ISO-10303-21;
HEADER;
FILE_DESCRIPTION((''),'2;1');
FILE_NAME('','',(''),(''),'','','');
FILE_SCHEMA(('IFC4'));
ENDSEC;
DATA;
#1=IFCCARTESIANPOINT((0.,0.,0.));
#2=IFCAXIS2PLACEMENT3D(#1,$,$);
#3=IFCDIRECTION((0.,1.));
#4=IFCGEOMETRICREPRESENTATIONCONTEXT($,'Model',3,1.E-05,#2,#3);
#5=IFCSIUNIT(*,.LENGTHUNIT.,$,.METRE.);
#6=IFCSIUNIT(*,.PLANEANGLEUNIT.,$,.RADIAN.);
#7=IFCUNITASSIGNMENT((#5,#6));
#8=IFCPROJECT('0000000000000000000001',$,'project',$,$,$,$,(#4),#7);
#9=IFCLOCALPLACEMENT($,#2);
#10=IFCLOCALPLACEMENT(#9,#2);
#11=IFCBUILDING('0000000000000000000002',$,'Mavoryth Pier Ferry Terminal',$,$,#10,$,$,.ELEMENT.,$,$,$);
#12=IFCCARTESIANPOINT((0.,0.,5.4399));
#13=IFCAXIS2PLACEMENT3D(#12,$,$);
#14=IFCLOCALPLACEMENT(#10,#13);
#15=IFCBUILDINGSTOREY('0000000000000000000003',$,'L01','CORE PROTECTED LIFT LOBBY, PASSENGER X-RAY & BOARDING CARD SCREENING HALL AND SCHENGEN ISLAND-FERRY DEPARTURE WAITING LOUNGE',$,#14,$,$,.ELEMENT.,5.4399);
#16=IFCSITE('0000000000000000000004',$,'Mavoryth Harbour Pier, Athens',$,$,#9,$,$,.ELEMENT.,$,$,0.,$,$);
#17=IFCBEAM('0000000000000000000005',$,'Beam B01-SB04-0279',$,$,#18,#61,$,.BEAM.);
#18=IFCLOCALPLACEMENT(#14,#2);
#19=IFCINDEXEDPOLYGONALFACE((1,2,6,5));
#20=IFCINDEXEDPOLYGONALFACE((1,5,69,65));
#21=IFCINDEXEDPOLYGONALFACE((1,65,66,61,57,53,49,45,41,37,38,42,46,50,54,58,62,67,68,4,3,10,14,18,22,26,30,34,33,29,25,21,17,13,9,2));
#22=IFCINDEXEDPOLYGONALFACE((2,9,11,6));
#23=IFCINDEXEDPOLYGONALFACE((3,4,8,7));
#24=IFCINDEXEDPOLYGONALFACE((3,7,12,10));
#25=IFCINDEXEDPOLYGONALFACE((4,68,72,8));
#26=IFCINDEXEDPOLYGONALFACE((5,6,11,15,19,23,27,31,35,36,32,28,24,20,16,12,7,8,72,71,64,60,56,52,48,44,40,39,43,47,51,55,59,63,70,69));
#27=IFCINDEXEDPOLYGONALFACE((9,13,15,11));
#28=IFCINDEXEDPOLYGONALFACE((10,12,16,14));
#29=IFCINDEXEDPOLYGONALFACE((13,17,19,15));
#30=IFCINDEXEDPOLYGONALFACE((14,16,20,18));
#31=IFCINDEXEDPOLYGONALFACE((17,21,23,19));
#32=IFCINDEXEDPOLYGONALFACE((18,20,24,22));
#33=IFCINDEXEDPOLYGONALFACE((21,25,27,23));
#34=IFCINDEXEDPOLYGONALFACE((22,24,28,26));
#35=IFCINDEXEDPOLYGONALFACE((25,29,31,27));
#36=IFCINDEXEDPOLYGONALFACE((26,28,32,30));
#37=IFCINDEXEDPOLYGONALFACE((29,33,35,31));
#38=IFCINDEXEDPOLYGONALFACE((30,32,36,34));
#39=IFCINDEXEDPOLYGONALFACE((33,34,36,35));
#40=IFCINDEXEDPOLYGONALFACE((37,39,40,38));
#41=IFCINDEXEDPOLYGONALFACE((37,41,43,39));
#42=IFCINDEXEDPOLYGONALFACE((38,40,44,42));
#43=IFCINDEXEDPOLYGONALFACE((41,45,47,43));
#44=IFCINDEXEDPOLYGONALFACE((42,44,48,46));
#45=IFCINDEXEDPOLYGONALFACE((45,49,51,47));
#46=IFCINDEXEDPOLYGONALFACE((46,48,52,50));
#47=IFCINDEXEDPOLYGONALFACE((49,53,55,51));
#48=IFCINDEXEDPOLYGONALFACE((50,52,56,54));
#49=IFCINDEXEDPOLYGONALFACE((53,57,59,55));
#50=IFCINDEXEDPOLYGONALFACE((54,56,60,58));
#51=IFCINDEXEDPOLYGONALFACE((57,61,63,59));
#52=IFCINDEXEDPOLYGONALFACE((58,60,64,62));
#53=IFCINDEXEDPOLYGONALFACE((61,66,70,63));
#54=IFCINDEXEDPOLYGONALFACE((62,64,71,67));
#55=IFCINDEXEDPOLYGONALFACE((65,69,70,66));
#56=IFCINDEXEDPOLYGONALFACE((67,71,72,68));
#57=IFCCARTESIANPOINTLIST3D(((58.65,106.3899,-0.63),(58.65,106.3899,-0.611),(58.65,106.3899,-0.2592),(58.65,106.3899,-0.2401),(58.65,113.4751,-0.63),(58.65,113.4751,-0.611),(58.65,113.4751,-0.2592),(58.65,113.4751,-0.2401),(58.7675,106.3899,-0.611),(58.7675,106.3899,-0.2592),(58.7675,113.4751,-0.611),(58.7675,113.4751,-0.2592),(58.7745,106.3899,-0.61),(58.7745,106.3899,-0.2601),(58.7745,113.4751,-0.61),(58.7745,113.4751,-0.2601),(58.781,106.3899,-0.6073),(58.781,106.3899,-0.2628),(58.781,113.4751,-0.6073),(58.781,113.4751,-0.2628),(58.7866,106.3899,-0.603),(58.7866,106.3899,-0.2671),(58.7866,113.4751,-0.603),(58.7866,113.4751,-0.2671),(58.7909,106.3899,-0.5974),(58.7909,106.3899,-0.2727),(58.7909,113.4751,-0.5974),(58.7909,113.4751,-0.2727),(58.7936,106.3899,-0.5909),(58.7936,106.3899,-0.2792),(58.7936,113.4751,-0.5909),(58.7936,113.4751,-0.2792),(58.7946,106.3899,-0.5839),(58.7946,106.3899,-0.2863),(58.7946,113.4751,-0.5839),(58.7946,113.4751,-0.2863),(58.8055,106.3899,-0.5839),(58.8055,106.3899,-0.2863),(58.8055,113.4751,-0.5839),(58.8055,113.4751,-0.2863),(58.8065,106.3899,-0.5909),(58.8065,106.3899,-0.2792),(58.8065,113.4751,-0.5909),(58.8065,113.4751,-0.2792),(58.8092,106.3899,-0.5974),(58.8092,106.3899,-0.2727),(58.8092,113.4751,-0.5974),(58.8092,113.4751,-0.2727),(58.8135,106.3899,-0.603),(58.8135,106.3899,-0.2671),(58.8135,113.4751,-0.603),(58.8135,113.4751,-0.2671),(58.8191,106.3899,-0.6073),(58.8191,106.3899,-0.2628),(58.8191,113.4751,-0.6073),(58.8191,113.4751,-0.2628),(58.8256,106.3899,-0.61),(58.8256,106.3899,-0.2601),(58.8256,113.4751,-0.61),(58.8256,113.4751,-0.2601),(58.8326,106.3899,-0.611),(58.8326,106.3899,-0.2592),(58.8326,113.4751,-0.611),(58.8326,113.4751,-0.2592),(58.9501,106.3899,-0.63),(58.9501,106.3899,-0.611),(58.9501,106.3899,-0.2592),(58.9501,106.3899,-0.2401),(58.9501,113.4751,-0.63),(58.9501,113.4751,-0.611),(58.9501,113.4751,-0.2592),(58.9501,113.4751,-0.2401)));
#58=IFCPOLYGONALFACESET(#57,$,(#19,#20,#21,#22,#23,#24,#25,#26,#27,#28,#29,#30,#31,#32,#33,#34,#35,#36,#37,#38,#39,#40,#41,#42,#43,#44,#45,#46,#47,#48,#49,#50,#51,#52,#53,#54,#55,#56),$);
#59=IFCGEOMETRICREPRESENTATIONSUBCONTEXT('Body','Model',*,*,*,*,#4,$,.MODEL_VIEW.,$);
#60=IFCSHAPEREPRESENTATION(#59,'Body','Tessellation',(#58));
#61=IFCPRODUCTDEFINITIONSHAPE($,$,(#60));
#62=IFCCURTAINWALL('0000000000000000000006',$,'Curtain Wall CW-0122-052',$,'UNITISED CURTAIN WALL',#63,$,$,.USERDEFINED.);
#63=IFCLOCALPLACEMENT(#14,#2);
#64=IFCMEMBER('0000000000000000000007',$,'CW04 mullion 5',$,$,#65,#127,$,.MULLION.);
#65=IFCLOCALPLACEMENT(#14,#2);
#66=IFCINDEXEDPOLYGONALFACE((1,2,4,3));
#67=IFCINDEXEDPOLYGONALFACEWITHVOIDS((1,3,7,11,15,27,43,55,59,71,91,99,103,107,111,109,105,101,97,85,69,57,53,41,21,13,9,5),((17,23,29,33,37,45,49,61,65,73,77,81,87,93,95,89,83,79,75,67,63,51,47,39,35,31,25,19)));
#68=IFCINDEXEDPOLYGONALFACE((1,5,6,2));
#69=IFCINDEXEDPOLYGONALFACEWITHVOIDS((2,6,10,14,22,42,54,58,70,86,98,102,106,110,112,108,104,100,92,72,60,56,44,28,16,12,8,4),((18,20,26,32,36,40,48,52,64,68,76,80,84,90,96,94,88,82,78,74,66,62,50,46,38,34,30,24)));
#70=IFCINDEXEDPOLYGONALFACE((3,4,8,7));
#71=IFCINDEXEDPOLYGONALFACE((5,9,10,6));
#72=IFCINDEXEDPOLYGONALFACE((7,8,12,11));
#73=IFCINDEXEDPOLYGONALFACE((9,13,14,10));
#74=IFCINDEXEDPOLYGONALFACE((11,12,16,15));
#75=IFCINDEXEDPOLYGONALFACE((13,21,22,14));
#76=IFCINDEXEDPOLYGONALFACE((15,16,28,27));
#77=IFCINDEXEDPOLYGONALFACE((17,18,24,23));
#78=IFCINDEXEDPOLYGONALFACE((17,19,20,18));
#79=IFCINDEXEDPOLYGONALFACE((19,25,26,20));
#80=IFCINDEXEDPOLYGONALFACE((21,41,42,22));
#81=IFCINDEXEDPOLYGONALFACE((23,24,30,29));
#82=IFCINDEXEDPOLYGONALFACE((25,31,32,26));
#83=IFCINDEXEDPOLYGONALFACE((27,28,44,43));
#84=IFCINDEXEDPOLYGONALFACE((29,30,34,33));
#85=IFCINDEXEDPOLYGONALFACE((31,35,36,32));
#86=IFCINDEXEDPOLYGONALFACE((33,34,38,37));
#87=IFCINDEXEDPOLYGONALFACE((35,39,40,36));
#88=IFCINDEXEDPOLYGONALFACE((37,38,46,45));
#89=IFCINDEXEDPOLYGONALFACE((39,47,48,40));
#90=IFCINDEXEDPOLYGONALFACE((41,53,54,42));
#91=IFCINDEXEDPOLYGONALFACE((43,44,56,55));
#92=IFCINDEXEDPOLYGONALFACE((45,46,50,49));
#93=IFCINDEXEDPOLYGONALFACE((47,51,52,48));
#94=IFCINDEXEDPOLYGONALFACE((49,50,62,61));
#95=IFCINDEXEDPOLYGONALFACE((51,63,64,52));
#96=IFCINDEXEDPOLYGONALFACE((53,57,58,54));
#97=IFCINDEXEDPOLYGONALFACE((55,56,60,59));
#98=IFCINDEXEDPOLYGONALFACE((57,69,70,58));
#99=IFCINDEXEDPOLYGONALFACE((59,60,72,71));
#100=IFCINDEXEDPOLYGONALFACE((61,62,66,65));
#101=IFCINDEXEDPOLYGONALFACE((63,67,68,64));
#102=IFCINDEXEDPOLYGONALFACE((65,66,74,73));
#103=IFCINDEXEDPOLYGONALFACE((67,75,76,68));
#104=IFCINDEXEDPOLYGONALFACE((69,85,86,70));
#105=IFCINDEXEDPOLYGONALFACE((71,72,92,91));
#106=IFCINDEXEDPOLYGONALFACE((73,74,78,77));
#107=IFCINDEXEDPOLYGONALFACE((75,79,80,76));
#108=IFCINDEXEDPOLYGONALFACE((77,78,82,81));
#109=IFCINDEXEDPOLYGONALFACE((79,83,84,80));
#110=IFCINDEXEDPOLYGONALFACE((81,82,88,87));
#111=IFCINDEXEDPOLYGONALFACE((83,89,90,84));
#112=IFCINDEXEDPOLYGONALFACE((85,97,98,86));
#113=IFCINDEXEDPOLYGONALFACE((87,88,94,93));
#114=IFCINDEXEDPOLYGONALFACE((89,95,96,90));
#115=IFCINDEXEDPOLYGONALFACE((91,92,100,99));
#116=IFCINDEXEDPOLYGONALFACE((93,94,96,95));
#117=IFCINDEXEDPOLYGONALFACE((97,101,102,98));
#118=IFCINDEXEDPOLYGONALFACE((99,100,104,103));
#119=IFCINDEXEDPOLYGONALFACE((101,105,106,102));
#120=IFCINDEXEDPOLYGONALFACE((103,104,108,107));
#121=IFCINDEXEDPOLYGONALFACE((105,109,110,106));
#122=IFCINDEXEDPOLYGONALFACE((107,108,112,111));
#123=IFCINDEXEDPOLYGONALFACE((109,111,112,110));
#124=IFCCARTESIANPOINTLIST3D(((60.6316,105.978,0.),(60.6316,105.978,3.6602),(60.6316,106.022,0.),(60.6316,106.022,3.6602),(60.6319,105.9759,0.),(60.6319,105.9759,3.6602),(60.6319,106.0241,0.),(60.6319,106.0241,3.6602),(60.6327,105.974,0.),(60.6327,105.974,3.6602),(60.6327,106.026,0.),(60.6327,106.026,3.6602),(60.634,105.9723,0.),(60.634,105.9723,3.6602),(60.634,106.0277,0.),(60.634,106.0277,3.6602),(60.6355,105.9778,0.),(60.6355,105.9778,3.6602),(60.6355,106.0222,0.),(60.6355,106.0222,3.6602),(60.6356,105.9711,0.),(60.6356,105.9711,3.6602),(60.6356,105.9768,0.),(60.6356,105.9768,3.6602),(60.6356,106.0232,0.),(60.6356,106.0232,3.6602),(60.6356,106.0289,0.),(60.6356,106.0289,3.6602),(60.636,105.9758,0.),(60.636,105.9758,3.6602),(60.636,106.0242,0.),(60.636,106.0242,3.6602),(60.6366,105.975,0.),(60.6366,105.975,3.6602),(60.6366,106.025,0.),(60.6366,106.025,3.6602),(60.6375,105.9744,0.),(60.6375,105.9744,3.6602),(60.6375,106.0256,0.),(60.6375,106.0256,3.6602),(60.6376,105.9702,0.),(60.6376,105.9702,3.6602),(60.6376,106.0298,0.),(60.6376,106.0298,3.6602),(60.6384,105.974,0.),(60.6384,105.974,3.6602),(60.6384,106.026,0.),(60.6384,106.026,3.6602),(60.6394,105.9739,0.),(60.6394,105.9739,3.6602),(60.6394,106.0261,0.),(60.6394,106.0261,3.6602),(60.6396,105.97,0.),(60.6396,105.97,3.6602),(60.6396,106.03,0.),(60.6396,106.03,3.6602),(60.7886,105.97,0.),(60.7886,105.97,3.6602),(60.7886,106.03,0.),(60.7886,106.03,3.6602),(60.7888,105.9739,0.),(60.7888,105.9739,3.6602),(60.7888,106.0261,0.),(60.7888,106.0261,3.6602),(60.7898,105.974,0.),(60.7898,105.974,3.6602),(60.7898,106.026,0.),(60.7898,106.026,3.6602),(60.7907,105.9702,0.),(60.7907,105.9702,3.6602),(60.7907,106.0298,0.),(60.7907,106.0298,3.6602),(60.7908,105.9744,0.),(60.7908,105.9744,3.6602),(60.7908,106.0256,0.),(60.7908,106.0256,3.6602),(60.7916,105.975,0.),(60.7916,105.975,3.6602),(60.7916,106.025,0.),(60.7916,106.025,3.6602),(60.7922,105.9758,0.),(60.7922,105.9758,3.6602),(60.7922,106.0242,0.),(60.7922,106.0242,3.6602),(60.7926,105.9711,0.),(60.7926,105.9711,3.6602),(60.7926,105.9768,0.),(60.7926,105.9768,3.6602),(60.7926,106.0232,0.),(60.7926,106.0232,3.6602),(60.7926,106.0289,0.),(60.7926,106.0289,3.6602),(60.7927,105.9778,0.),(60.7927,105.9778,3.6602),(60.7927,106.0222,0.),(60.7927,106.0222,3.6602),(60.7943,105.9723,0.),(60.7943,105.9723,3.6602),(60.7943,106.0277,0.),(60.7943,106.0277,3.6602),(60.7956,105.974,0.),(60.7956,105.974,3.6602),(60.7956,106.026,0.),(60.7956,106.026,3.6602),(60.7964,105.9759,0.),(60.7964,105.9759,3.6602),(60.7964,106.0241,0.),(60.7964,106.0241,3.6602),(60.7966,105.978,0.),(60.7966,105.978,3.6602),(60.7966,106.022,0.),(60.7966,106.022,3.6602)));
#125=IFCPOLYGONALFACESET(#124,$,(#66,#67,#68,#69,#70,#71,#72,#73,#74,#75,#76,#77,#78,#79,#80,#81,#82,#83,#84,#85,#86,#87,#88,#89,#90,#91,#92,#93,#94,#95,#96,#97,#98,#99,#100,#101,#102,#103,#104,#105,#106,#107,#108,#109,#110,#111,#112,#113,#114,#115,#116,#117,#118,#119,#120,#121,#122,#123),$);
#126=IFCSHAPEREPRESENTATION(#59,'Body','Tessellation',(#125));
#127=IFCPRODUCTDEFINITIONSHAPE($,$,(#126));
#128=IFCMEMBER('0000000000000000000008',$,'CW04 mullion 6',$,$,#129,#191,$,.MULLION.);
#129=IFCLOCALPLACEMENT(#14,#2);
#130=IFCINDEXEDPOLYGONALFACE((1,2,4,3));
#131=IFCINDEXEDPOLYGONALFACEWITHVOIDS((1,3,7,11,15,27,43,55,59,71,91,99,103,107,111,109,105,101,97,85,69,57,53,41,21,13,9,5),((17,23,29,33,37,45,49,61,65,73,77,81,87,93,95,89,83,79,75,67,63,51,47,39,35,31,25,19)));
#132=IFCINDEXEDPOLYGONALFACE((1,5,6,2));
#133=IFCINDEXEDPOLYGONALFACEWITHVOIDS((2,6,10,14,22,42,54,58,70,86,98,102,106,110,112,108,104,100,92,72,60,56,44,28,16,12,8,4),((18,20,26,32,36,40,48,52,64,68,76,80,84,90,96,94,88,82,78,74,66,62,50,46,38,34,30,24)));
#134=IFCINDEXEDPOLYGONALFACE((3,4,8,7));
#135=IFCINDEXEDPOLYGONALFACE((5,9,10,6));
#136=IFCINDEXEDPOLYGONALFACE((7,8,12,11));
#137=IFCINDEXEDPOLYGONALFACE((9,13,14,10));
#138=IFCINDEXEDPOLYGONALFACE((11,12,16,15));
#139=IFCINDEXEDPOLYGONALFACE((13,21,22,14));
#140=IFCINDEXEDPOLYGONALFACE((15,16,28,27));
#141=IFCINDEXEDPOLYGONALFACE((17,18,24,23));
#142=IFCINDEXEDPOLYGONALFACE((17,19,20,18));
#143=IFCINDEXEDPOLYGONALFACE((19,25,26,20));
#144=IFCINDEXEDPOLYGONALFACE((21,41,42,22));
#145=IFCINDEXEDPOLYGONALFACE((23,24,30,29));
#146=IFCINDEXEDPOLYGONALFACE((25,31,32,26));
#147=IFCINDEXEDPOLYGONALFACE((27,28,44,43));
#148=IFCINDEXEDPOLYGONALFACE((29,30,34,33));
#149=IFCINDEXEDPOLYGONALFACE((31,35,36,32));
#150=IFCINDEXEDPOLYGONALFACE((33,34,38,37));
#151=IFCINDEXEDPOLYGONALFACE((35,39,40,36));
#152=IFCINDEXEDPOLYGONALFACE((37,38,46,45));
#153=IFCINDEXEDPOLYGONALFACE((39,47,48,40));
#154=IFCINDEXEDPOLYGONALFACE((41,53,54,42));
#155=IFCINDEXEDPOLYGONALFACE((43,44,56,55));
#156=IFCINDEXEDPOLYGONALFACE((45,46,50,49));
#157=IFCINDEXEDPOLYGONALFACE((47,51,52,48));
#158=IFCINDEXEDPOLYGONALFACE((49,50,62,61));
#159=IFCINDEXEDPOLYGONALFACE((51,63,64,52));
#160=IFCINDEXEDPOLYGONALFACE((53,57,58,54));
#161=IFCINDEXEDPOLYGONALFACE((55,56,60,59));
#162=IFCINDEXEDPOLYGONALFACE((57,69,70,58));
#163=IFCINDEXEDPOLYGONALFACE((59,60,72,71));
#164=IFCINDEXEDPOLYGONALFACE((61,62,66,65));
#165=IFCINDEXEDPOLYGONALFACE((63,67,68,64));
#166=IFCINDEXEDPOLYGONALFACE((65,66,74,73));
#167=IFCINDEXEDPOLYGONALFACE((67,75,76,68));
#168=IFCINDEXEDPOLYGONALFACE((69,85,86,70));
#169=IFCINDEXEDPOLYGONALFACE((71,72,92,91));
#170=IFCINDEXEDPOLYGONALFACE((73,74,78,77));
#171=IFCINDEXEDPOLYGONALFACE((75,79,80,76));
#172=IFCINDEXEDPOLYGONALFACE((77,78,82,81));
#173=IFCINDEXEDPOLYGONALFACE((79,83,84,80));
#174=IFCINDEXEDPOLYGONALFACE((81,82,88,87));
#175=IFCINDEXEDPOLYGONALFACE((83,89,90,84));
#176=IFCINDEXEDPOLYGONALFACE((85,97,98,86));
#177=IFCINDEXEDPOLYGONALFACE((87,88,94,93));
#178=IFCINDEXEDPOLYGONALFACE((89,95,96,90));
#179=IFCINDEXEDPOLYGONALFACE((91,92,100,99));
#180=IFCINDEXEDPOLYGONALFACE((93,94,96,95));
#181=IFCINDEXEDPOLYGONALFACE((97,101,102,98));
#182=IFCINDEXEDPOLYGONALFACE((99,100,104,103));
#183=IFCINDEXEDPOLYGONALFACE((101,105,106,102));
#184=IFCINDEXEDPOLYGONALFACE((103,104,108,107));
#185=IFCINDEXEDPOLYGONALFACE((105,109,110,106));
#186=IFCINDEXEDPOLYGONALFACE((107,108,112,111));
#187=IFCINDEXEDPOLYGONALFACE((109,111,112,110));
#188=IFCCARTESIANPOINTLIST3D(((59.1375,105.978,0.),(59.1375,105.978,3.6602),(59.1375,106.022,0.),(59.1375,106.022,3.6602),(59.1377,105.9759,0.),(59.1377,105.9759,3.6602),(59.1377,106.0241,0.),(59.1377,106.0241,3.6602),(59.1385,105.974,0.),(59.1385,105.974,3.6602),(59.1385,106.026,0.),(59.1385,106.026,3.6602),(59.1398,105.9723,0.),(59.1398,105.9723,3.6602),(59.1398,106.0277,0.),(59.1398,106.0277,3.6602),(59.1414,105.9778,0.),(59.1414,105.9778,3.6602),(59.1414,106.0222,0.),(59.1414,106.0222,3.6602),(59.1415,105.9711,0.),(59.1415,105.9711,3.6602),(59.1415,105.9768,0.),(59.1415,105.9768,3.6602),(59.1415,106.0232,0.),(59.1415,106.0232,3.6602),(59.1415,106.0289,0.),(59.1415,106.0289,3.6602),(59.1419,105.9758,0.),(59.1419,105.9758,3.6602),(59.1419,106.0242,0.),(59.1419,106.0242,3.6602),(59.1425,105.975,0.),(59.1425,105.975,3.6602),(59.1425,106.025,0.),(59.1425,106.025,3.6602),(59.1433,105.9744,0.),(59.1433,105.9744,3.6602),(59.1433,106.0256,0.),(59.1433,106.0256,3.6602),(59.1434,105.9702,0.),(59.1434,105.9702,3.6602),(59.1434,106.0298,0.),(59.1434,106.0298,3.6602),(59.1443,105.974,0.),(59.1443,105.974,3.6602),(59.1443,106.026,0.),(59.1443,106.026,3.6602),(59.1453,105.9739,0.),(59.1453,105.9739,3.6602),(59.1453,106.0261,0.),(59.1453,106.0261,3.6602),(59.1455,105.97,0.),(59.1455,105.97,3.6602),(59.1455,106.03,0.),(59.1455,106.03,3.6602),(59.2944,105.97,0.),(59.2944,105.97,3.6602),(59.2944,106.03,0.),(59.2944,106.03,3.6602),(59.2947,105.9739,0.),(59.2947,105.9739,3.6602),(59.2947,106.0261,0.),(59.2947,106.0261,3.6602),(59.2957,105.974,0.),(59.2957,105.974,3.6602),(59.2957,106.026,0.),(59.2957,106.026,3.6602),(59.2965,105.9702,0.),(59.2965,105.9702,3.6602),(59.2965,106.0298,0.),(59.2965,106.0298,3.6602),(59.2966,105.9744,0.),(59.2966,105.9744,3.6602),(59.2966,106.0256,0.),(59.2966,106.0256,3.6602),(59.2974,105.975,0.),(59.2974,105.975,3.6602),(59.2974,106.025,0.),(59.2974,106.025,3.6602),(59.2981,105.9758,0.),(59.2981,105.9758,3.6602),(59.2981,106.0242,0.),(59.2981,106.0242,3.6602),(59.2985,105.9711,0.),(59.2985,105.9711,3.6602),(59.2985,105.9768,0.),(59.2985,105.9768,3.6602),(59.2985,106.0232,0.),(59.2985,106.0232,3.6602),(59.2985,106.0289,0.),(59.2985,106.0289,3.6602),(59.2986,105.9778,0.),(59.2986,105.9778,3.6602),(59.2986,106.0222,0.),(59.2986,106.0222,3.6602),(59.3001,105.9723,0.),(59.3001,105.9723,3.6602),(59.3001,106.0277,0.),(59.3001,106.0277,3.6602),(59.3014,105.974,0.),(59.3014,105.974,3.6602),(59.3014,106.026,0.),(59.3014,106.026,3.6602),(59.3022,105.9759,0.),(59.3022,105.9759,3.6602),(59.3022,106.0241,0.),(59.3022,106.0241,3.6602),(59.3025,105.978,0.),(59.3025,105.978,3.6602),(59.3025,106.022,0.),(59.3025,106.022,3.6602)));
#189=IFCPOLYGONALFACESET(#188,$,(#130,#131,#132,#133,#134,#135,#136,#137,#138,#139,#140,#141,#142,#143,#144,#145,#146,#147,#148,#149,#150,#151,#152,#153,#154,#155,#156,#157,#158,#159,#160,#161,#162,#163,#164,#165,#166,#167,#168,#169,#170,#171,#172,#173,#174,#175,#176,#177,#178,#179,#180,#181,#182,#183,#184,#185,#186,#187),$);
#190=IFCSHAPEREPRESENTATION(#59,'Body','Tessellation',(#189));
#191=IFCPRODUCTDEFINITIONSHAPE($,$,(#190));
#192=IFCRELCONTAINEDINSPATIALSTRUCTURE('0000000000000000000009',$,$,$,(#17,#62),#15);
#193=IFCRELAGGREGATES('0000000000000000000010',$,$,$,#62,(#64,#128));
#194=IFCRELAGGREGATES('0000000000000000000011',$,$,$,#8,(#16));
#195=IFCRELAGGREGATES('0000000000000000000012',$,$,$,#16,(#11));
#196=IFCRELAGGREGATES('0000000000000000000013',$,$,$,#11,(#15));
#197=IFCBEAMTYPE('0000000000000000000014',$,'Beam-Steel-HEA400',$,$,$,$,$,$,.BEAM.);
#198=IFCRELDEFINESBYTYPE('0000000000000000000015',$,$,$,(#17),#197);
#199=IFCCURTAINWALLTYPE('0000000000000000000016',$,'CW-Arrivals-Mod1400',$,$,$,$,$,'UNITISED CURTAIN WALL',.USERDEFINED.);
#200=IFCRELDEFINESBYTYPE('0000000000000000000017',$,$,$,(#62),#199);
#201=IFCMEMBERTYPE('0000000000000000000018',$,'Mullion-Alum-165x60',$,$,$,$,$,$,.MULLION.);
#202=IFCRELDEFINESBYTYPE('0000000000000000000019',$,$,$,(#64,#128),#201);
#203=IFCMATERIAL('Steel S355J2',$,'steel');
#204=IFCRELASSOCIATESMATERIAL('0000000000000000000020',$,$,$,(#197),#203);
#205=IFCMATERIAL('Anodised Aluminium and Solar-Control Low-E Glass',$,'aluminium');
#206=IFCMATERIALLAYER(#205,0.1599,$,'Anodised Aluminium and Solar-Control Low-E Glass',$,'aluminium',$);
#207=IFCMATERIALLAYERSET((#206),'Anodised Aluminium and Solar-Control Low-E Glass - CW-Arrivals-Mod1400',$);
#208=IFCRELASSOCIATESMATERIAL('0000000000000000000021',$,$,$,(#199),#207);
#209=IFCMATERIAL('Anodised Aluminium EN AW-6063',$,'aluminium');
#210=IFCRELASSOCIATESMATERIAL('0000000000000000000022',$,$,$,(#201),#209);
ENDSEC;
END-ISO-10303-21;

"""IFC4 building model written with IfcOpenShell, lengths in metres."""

from ifc_helpers import new_model, si_unit, direction, frame, origin, origin_2d, place, context, subcontext, project, spatial, hollow_rectangle, i_section, extrude, material, layer, layer_set, material_profile, profile_set, type_object, element, aggregate, save


model = new_model("IFC4")

# Units and contexts
model_context = context("Model", 3, precision=1e-05, world=origin(), true_north=direction((0.0, 1.0)))
body_context = subcontext(model_context, "Body", "Model", "MODEL_VIEW")
ifc_project = project(units=[si_unit("LENGTHUNIT", "METRE"), si_unit("PLANEANGLEUNIT", "RADIAN")], contexts=[model_context])

# Site, building, storey
site_placement = place(None, origin())
site = spatial("IfcSite", under=ifc_project, at=site_placement, Name="Mavoryth Harbour Pier, Athens", CompositionType="ELEMENT", RefElevation=0.0)
building_placement = place(site_placement, origin())
building = spatial("IfcBuilding", under=site, at=building_placement, Name="Mavoryth Pier Ferry Terminal", CompositionType="ELEMENT")
storey_placement = place(building_placement, frame((0.0, 0.0, 5.4399)))
storey = spatial("IfcBuildingStorey", under=building, at=storey_placement, Name="L01", Description="CORE PROTECTED LIFT LOBBY, PASSENGER X-RAY & BOARDING CARD SCREENING HALL AND SCHENGEN ISLAND-FERRY DEPARTURE WAITING LOUNGE", CompositionType="ELEMENT", Elevation=5.4399)

# Beam
ifc_material_1 = material(Name="Steel S355J2", Category="steel")
ifc_material_profile_1 = material_profile(ifc_material_1, i_section(OverallWidth=0.3, OverallDepth=0.3899, WebThickness=0.011, FlangeThickness=0.019, FilletRadius=0.0271, at=origin_2d()), Name="HEA 400", Category="steel")
ifc_profile_set_1 = profile_set([ifc_material_profile_1], Name="Steel S355J2 - HEA 400")
beam_type_1 = type_object("IfcBeamType", Name="Beam-Steel-HEA400", PredefinedType="BEAM", material=ifc_profile_set_1)
beam_1_placement = place(storey_placement, frame((58.8, 106.3899, -0.4351), z_axis=(0.0, 1.0, 0.0), x_axis=(-1.0, 0.0, 0.0)))
element("IfcBeam", 1, at=beam_1_placement, inside=storey, type_object=beam_type_1, Name="Beam B01-SB04-0279", PredefinedType="BEAM", context=body_context, shape_type="SweptSolid", body=[
    extrude(i_section(OverallWidth=0.3, OverallDepth=0.3899, WebThickness=0.011, FlangeThickness=0.019, FilletRadius=0.0271, at=origin_2d()), origin(), (0.0, 0.0, 1.0), 7.0852),
])

# Curtain wall, members
ifc_material_2 = material(Name="Anodised Aluminium and Solar-Control Low-E Glass", Category="aluminium")
ifc_layer_1 = layer(ifc_material_2, 0.1599, Name="Anodised Aluminium and Solar-Control Low-E Glass", Category="aluminium")
ifc_layer_set_1 = layer_set([ifc_layer_1], Name="Anodised Aluminium and Solar-Control Low-E Glass - CW-Arrivals-Mod1400")
curtain_wall_type = type_object("IfcCurtainWallType", Name="CW-Arrivals-Mod1400", ElementType="UNITISED CURTAIN WALL", PredefinedType="USERDEFINED", material=ifc_layer_set_1)
curtain_wall_placement = place(storey_placement, origin())
curtain_wall = element("IfcCurtainWall", 2, at=curtain_wall_placement, inside=storey, type_object=curtain_wall_type, Name="Curtain Wall CW-0122-052", ObjectType="UNITISED CURTAIN WALL", PredefinedType="USERDEFINED")
ifc_material_3 = material(Name="Anodised Aluminium EN AW-6063", Category="aluminium")
ifc_material_profile_2 = material_profile(ifc_material_3, hollow_rectangle(XDim=0.0601, YDim=0.165, WallThickness=0.0039, InnerFilletRadius=0.0039, OuterFilletRadius=0.0081, at=origin_2d()), Name="AL-MULL 165x60x4", Category="aluminium")
ifc_profile_set_2 = profile_set([ifc_material_profile_2], Name="Anodised Aluminium EN AW-6063 - AL-MULL 165x60x4")
member_type_1 = type_object("IfcMemberType", Name="Mullion-Alum-165x60", PredefinedType="MULLION", material=ifc_profile_set_2)
member_1_placement = place(storey_placement, frame((60.7141, 106.0, 0.0), z_axis=(0.0, 0.0, 1.0), x_axis=(0.0, -1.0, 0.0)))
member_1 = element("IfcMember", 3, at=member_1_placement, type_object=member_type_1, Name="CW04 mullion 5", PredefinedType="MULLION", context=body_context, shape_type="SweptSolid", body=[
    extrude(hollow_rectangle(XDim=0.0601, YDim=0.165, WallThickness=0.0039, InnerFilletRadius=0.0039, OuterFilletRadius=0.0081, at=origin_2d()), origin(), (0.0, 0.0, 1.0), 3.6602),
])
member_2_placement = place(storey_placement, frame((59.22, 106.0, 0.0), z_axis=(0.0, 0.0, 1.0), x_axis=(0.0, -1.0, 0.0)))
member_2 = element("IfcMember", 4, at=member_2_placement, type_object=member_type_1, Name="CW04 mullion 6", PredefinedType="MULLION", context=body_context, shape_type="SweptSolid", body=[
    extrude(hollow_rectangle(XDim=0.0601, YDim=0.165, WallThickness=0.0039, InnerFilletRadius=0.0039, OuterFilletRadius=0.0081, at=origin_2d()), origin(), (0.0, 0.0, 1.0), 3.6602),
])

aggregate(curtain_wall, [member_1, member_2])

save(model, "model.ifc")
